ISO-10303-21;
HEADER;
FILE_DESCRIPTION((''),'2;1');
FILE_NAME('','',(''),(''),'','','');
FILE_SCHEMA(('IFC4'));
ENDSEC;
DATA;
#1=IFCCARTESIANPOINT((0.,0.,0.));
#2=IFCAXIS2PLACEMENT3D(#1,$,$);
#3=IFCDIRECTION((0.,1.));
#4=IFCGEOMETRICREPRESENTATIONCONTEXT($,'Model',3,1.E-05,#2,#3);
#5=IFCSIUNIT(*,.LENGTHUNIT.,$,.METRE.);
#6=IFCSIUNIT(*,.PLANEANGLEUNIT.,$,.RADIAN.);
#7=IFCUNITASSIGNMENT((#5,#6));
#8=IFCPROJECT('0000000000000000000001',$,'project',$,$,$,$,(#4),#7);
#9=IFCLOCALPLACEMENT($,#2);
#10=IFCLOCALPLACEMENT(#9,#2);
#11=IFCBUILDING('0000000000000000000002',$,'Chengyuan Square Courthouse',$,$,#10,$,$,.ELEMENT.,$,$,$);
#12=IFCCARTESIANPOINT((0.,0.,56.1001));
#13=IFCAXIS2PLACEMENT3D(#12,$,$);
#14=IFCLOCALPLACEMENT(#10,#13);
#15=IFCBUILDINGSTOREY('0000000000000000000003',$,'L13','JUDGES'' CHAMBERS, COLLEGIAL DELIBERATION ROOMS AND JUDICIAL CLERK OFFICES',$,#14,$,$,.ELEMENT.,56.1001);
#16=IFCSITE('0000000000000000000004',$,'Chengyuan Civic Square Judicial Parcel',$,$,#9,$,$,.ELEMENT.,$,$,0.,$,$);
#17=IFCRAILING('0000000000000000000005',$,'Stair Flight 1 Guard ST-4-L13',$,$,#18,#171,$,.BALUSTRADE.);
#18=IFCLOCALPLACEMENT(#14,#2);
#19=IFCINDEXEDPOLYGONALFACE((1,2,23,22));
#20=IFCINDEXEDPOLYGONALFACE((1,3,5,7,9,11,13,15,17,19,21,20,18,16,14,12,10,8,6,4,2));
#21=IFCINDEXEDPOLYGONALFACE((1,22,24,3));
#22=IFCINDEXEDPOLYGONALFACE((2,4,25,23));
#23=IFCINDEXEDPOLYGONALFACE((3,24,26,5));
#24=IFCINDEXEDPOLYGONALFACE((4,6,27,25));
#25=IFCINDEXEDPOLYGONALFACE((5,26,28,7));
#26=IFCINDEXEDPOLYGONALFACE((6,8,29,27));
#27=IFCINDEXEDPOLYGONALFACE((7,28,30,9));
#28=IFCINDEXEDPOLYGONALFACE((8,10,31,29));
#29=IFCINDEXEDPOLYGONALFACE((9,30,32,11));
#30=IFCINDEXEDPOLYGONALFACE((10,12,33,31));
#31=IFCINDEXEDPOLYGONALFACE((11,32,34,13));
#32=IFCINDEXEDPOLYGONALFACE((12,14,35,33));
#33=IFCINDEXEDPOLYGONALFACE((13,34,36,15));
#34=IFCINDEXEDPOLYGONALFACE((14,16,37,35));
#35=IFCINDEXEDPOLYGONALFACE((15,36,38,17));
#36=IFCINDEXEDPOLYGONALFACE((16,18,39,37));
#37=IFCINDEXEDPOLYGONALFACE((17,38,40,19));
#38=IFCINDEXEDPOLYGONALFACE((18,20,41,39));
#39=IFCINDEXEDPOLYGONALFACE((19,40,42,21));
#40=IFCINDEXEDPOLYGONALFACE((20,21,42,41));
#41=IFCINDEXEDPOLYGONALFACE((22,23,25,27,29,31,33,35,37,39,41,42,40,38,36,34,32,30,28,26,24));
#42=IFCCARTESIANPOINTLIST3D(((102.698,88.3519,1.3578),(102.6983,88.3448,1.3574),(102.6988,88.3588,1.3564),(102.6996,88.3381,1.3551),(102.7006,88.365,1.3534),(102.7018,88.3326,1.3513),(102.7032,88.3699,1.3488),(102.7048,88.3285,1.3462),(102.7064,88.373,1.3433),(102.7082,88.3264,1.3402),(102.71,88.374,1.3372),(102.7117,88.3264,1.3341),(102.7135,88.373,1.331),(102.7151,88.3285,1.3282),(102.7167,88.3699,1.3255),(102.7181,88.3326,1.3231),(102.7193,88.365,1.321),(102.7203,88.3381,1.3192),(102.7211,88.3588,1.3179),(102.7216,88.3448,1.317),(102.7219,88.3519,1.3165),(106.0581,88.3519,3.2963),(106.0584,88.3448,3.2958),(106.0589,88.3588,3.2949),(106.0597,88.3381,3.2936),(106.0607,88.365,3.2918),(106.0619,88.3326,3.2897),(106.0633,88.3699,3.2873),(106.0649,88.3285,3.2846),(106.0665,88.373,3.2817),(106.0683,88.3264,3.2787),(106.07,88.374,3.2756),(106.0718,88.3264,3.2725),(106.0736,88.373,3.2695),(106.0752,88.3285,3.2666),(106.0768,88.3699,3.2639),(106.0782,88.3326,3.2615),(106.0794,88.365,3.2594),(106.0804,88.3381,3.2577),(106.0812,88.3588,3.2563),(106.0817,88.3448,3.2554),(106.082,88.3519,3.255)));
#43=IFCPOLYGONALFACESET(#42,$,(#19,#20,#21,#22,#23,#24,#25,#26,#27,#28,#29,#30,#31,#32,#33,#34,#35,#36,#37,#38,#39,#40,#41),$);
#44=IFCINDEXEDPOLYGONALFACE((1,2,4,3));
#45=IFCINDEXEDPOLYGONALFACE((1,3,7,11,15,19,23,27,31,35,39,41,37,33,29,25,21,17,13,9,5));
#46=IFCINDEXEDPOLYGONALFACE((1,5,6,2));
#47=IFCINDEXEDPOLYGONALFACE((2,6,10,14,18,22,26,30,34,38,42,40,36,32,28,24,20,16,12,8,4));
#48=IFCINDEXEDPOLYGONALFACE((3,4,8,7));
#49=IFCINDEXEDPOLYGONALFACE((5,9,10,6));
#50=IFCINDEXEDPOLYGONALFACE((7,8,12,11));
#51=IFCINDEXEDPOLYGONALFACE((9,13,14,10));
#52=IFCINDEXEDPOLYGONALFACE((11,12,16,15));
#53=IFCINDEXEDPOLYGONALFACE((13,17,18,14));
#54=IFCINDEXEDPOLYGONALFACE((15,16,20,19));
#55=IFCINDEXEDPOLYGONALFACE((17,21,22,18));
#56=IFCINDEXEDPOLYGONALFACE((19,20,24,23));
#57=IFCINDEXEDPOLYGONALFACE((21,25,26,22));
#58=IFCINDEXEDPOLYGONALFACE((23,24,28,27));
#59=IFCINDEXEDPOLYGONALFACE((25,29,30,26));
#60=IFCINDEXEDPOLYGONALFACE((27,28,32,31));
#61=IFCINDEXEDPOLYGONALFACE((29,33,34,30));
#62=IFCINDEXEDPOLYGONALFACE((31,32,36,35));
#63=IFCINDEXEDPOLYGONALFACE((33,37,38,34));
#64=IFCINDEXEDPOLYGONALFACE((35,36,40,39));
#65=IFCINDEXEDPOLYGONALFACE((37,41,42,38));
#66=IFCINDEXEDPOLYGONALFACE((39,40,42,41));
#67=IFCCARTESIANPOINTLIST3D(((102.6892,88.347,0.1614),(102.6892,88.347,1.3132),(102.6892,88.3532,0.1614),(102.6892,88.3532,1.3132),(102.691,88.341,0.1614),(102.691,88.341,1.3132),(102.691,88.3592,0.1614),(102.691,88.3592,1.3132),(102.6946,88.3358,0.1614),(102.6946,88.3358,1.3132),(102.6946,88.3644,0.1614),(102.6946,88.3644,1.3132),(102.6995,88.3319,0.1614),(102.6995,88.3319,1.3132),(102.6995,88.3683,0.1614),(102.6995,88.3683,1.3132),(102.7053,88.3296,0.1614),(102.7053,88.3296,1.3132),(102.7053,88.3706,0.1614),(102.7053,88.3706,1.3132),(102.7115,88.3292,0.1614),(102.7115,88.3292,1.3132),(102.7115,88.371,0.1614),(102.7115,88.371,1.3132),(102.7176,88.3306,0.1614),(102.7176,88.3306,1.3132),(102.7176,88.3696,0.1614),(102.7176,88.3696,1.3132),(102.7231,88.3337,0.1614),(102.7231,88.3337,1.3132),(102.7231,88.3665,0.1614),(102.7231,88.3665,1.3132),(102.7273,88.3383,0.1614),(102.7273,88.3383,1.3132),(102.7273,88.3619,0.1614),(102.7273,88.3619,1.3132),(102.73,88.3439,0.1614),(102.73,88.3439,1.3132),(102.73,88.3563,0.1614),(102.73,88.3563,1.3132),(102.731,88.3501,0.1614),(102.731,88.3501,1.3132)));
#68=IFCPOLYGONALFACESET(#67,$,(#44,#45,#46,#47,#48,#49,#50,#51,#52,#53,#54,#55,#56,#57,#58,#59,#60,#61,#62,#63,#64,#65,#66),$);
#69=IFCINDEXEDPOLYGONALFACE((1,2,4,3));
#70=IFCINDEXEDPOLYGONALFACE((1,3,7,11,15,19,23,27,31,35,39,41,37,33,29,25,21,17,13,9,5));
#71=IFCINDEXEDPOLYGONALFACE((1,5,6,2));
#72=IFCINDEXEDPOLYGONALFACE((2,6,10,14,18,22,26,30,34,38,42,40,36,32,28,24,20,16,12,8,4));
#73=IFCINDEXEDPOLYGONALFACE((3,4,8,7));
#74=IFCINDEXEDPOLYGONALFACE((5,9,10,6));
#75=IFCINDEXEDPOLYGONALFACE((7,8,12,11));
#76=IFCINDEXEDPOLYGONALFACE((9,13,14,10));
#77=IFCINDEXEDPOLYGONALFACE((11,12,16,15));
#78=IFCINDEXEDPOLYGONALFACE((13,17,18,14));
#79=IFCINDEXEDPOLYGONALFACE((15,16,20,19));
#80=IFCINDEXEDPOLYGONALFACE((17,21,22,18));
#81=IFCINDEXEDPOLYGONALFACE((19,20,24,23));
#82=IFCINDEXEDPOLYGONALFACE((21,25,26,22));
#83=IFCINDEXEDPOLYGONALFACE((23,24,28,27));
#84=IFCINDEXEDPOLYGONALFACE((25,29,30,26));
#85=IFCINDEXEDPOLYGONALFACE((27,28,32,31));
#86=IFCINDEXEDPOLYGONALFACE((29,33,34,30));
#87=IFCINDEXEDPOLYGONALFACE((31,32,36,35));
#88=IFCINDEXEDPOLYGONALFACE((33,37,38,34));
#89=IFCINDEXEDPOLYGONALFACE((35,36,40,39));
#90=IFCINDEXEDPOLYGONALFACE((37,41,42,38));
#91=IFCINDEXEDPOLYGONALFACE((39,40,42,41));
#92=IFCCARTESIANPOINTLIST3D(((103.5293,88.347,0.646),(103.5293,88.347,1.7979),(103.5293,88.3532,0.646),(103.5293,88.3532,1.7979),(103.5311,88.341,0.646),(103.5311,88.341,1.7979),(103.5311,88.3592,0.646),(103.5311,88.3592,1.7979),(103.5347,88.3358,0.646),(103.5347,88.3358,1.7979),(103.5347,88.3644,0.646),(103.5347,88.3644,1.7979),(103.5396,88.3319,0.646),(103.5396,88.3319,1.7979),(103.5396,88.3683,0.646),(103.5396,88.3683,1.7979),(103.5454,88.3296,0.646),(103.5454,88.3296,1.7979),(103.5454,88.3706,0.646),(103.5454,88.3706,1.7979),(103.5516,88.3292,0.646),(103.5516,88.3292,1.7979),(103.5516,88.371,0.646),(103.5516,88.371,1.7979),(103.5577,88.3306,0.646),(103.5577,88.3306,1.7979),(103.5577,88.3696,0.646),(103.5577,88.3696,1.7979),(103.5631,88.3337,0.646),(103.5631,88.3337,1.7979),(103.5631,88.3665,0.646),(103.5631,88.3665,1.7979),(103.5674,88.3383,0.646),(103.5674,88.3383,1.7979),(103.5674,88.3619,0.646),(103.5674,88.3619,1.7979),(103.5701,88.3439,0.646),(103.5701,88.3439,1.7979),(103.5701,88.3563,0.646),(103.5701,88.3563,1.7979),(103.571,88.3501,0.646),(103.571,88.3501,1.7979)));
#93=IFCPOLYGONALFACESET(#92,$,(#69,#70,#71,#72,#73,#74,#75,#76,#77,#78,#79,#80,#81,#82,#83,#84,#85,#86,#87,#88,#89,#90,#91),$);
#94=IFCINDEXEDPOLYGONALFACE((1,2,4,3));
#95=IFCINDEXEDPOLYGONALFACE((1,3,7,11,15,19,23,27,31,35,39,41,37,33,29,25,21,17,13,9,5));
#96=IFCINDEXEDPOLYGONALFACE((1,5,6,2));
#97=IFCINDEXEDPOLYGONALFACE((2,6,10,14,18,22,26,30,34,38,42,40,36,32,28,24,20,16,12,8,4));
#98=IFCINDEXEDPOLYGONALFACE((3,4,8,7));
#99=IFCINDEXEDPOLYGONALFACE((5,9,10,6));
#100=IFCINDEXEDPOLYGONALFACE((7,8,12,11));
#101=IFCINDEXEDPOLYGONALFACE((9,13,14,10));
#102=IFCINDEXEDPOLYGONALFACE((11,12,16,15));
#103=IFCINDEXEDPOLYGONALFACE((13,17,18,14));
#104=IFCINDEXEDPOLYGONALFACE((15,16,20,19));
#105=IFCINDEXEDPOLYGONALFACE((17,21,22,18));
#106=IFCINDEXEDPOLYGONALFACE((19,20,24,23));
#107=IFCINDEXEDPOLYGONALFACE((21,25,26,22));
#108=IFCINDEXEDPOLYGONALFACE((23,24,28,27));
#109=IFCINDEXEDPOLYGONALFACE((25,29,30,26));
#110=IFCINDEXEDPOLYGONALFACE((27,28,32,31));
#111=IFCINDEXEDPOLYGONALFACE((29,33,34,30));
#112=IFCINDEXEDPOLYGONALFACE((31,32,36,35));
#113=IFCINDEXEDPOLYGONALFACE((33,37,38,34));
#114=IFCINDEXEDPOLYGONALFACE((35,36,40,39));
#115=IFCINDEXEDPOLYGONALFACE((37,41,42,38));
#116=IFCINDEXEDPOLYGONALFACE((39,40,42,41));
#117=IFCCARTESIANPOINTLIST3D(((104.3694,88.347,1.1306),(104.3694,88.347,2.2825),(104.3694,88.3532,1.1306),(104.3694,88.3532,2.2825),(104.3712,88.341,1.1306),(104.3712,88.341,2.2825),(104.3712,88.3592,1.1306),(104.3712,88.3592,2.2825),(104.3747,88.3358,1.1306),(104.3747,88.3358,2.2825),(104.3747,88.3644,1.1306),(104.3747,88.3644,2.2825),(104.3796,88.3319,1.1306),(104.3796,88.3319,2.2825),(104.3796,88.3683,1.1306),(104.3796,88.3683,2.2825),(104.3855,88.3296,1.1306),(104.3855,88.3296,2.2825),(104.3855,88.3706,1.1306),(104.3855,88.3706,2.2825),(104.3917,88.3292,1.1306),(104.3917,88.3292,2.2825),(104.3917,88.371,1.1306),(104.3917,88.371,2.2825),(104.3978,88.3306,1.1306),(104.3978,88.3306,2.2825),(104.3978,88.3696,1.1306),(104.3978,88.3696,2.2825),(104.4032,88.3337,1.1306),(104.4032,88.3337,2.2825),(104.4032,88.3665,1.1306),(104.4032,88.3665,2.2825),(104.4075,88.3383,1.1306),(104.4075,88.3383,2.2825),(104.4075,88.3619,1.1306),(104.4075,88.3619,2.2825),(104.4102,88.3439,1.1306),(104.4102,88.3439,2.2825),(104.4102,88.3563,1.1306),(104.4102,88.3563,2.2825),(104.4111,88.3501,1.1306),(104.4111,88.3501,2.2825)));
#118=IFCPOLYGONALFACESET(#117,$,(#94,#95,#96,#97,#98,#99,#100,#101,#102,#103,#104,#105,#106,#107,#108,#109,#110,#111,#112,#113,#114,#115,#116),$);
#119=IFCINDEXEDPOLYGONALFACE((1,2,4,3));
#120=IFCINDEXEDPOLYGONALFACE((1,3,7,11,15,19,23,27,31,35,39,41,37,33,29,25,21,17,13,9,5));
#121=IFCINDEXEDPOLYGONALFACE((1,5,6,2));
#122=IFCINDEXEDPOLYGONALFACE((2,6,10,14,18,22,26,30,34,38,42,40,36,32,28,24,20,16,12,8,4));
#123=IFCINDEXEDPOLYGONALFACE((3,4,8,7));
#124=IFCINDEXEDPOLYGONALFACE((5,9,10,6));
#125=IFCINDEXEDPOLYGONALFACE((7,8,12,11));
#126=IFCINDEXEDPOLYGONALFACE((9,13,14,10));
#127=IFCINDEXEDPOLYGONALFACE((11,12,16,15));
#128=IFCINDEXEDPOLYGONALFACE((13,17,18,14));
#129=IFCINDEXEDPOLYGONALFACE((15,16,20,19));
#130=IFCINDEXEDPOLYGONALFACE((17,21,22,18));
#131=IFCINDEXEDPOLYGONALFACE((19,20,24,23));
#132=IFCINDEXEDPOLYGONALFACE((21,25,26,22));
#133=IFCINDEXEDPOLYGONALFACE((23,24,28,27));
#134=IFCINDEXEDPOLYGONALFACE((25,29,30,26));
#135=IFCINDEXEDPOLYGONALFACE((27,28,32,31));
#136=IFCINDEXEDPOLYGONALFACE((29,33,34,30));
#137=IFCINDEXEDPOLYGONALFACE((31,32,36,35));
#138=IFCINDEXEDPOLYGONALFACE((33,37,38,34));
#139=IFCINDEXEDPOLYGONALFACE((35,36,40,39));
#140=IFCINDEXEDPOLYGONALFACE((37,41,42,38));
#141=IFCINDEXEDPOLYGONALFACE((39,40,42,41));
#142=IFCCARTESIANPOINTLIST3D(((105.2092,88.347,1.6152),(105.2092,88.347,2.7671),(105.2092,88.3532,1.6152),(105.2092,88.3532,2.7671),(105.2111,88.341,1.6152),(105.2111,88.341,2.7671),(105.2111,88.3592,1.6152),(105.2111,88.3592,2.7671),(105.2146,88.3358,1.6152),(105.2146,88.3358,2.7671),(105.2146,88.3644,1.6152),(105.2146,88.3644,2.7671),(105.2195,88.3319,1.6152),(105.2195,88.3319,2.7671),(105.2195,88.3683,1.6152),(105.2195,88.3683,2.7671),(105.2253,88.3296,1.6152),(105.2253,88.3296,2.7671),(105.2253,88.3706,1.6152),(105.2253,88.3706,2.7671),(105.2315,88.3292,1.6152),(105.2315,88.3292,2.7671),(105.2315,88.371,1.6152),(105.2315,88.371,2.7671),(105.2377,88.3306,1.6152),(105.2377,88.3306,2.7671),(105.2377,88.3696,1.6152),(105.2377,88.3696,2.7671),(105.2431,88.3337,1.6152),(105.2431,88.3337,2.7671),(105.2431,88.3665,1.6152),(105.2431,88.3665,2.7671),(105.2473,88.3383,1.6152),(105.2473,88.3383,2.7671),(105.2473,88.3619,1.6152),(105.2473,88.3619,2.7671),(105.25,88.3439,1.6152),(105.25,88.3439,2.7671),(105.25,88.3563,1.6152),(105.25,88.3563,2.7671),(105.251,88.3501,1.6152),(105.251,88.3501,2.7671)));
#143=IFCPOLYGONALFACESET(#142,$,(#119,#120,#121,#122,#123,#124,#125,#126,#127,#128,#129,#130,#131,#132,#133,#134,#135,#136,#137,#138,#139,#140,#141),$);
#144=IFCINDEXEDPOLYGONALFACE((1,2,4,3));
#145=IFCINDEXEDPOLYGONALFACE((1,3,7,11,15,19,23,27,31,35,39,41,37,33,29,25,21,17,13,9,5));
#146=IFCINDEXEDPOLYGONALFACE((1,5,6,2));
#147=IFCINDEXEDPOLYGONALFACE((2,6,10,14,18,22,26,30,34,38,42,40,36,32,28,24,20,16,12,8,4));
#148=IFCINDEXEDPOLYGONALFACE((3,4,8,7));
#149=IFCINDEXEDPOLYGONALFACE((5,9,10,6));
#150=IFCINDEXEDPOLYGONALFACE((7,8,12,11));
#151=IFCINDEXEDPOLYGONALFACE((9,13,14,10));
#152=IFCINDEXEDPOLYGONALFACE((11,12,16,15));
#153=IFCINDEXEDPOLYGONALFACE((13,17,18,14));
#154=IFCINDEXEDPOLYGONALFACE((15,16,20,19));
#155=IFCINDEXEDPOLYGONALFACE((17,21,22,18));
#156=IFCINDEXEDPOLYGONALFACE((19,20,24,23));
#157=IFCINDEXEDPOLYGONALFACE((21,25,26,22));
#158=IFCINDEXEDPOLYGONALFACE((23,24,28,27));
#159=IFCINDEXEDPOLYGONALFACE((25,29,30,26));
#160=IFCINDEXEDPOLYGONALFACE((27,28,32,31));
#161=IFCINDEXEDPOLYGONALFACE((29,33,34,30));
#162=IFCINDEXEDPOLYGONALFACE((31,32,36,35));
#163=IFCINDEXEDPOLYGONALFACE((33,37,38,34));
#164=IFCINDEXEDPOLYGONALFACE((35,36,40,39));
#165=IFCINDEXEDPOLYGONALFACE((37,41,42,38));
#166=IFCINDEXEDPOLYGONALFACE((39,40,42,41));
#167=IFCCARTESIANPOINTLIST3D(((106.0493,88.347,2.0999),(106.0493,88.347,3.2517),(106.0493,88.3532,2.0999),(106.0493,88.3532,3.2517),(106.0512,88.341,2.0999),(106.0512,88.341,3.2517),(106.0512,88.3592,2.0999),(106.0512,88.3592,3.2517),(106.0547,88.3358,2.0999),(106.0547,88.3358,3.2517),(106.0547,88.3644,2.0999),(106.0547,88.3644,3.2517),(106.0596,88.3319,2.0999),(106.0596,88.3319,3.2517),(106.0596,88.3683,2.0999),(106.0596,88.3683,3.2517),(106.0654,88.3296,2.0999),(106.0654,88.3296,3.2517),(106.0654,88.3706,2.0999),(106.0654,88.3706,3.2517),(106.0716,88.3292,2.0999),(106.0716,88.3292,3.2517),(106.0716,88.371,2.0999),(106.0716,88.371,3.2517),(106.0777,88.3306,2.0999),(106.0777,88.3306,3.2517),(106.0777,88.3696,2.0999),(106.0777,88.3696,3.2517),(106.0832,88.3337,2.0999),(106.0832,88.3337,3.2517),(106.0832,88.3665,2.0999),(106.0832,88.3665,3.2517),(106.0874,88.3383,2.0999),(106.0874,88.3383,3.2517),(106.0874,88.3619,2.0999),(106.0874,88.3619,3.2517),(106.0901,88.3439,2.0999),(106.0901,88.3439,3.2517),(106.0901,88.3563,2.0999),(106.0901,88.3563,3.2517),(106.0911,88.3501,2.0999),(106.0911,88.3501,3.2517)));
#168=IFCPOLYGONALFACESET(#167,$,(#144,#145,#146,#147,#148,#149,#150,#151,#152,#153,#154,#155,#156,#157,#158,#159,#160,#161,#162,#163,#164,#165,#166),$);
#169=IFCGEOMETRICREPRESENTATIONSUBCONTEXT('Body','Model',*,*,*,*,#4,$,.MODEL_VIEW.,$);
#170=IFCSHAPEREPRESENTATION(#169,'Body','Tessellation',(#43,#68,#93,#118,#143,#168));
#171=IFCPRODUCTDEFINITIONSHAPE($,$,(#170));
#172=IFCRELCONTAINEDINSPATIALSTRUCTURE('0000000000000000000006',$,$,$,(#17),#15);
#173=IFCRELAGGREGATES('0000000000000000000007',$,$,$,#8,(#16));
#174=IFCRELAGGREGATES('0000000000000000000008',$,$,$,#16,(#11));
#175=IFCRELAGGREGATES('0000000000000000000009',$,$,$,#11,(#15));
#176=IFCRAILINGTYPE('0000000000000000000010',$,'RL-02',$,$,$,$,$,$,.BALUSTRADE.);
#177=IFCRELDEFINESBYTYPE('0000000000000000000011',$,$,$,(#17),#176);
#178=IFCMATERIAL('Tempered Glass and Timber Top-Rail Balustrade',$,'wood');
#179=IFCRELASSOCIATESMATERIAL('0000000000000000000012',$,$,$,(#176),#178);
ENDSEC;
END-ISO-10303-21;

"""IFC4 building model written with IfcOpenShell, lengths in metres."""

from ifc_helpers import new_model, si_unit, direction, frame, origin, origin_2d, place, context, subcontext, project, spatial, circle, extrude, material, type_object, element, save


model = new_model("IFC4")

# Units and contexts
model_context = context("Model", 3, precision=1e-05, world=origin(), true_north=direction((0.0, 1.0)))
body_context = subcontext(model_context, "Body", "Model", "MODEL_VIEW")
ifc_project = project(units=[si_unit("LENGTHUNIT", "METRE"), si_unit("PLANEANGLEUNIT", "RADIAN")], contexts=[model_context])

# Site, building, storey
site_placement = place(None, origin())
site = spatial("IfcSite", under=ifc_project, at=site_placement, Name="Chengyuan Civic Square Judicial Parcel", CompositionType="ELEMENT", RefElevation=0.0)
building_placement = place(site_placement, origin())
building = spatial("IfcBuilding", under=site, at=building_placement, Name="Chengyuan Square Courthouse", CompositionType="ELEMENT")
storey_placement = place(building_placement, frame((0.0, 0.0, 56.1001)))
storey = spatial("IfcBuildingStorey", under=building, at=storey_placement, Name="L13", Description="JUDGES' CHAMBERS, COLLEGIAL DELIBERATION ROOMS AND JUDICIAL CLERK OFFICES", CompositionType="ELEMENT", Elevation=56.1001)

# Railing
ifc_material_1 = material(Name="Tempered Glass and Timber Top-Rail Balustrade", Category="wood")
railing_type_1 = type_object("IfcRailingType", Name="RL-02", PredefinedType="BALUSTRADE", material=ifc_material_1)
railing_1_placement = place(storey_placement, frame((102.71, 88.3501, 0.1614)))
element("IfcRailing", 1, at=railing_1_placement, inside=storey, type_object=railing_type_1, Name="Stair Flight 1 Guard ST-4-L13", PredefinedType="BALUSTRADE", context=body_context, shape_type="SweptSolid", body=[
    extrude(circle(Radius=0.0239, at=origin_2d()), frame((0.0, 0.0, 1.1758), z_axis=(0.866191, 0.0, 0.499713), x_axis=(0.0, 1.0, 0.0)), (0.0, 0.0, 1.0), 3.8792),
    extrude(circle(Radius=0.021, at=origin_2d()), origin(), (0.0, 0.0, 1.0), 1.1519),
    extrude(circle(Radius=0.021, at=origin_2d()), frame((0.8401, 0.0, 0.4846)), (0.0, 0.0, 1.0), 1.1519),
    extrude(circle(Radius=0.021, at=origin_2d()), frame((1.6802, 0.0, 0.9692)), (0.0, 0.0, 1.0), 1.1519),
    extrude(circle(Radius=0.021, at=origin_2d()), frame((2.52, 0.0, 1.4539)), (0.0, 0.0, 1.0), 1.1519),
    extrude(circle(Radius=0.021, at=origin_2d()), frame((3.3601, 0.0, 1.9385)), (0.0, 0.0, 1.0), 1.1519),
])

save(model, "model.ifc")
